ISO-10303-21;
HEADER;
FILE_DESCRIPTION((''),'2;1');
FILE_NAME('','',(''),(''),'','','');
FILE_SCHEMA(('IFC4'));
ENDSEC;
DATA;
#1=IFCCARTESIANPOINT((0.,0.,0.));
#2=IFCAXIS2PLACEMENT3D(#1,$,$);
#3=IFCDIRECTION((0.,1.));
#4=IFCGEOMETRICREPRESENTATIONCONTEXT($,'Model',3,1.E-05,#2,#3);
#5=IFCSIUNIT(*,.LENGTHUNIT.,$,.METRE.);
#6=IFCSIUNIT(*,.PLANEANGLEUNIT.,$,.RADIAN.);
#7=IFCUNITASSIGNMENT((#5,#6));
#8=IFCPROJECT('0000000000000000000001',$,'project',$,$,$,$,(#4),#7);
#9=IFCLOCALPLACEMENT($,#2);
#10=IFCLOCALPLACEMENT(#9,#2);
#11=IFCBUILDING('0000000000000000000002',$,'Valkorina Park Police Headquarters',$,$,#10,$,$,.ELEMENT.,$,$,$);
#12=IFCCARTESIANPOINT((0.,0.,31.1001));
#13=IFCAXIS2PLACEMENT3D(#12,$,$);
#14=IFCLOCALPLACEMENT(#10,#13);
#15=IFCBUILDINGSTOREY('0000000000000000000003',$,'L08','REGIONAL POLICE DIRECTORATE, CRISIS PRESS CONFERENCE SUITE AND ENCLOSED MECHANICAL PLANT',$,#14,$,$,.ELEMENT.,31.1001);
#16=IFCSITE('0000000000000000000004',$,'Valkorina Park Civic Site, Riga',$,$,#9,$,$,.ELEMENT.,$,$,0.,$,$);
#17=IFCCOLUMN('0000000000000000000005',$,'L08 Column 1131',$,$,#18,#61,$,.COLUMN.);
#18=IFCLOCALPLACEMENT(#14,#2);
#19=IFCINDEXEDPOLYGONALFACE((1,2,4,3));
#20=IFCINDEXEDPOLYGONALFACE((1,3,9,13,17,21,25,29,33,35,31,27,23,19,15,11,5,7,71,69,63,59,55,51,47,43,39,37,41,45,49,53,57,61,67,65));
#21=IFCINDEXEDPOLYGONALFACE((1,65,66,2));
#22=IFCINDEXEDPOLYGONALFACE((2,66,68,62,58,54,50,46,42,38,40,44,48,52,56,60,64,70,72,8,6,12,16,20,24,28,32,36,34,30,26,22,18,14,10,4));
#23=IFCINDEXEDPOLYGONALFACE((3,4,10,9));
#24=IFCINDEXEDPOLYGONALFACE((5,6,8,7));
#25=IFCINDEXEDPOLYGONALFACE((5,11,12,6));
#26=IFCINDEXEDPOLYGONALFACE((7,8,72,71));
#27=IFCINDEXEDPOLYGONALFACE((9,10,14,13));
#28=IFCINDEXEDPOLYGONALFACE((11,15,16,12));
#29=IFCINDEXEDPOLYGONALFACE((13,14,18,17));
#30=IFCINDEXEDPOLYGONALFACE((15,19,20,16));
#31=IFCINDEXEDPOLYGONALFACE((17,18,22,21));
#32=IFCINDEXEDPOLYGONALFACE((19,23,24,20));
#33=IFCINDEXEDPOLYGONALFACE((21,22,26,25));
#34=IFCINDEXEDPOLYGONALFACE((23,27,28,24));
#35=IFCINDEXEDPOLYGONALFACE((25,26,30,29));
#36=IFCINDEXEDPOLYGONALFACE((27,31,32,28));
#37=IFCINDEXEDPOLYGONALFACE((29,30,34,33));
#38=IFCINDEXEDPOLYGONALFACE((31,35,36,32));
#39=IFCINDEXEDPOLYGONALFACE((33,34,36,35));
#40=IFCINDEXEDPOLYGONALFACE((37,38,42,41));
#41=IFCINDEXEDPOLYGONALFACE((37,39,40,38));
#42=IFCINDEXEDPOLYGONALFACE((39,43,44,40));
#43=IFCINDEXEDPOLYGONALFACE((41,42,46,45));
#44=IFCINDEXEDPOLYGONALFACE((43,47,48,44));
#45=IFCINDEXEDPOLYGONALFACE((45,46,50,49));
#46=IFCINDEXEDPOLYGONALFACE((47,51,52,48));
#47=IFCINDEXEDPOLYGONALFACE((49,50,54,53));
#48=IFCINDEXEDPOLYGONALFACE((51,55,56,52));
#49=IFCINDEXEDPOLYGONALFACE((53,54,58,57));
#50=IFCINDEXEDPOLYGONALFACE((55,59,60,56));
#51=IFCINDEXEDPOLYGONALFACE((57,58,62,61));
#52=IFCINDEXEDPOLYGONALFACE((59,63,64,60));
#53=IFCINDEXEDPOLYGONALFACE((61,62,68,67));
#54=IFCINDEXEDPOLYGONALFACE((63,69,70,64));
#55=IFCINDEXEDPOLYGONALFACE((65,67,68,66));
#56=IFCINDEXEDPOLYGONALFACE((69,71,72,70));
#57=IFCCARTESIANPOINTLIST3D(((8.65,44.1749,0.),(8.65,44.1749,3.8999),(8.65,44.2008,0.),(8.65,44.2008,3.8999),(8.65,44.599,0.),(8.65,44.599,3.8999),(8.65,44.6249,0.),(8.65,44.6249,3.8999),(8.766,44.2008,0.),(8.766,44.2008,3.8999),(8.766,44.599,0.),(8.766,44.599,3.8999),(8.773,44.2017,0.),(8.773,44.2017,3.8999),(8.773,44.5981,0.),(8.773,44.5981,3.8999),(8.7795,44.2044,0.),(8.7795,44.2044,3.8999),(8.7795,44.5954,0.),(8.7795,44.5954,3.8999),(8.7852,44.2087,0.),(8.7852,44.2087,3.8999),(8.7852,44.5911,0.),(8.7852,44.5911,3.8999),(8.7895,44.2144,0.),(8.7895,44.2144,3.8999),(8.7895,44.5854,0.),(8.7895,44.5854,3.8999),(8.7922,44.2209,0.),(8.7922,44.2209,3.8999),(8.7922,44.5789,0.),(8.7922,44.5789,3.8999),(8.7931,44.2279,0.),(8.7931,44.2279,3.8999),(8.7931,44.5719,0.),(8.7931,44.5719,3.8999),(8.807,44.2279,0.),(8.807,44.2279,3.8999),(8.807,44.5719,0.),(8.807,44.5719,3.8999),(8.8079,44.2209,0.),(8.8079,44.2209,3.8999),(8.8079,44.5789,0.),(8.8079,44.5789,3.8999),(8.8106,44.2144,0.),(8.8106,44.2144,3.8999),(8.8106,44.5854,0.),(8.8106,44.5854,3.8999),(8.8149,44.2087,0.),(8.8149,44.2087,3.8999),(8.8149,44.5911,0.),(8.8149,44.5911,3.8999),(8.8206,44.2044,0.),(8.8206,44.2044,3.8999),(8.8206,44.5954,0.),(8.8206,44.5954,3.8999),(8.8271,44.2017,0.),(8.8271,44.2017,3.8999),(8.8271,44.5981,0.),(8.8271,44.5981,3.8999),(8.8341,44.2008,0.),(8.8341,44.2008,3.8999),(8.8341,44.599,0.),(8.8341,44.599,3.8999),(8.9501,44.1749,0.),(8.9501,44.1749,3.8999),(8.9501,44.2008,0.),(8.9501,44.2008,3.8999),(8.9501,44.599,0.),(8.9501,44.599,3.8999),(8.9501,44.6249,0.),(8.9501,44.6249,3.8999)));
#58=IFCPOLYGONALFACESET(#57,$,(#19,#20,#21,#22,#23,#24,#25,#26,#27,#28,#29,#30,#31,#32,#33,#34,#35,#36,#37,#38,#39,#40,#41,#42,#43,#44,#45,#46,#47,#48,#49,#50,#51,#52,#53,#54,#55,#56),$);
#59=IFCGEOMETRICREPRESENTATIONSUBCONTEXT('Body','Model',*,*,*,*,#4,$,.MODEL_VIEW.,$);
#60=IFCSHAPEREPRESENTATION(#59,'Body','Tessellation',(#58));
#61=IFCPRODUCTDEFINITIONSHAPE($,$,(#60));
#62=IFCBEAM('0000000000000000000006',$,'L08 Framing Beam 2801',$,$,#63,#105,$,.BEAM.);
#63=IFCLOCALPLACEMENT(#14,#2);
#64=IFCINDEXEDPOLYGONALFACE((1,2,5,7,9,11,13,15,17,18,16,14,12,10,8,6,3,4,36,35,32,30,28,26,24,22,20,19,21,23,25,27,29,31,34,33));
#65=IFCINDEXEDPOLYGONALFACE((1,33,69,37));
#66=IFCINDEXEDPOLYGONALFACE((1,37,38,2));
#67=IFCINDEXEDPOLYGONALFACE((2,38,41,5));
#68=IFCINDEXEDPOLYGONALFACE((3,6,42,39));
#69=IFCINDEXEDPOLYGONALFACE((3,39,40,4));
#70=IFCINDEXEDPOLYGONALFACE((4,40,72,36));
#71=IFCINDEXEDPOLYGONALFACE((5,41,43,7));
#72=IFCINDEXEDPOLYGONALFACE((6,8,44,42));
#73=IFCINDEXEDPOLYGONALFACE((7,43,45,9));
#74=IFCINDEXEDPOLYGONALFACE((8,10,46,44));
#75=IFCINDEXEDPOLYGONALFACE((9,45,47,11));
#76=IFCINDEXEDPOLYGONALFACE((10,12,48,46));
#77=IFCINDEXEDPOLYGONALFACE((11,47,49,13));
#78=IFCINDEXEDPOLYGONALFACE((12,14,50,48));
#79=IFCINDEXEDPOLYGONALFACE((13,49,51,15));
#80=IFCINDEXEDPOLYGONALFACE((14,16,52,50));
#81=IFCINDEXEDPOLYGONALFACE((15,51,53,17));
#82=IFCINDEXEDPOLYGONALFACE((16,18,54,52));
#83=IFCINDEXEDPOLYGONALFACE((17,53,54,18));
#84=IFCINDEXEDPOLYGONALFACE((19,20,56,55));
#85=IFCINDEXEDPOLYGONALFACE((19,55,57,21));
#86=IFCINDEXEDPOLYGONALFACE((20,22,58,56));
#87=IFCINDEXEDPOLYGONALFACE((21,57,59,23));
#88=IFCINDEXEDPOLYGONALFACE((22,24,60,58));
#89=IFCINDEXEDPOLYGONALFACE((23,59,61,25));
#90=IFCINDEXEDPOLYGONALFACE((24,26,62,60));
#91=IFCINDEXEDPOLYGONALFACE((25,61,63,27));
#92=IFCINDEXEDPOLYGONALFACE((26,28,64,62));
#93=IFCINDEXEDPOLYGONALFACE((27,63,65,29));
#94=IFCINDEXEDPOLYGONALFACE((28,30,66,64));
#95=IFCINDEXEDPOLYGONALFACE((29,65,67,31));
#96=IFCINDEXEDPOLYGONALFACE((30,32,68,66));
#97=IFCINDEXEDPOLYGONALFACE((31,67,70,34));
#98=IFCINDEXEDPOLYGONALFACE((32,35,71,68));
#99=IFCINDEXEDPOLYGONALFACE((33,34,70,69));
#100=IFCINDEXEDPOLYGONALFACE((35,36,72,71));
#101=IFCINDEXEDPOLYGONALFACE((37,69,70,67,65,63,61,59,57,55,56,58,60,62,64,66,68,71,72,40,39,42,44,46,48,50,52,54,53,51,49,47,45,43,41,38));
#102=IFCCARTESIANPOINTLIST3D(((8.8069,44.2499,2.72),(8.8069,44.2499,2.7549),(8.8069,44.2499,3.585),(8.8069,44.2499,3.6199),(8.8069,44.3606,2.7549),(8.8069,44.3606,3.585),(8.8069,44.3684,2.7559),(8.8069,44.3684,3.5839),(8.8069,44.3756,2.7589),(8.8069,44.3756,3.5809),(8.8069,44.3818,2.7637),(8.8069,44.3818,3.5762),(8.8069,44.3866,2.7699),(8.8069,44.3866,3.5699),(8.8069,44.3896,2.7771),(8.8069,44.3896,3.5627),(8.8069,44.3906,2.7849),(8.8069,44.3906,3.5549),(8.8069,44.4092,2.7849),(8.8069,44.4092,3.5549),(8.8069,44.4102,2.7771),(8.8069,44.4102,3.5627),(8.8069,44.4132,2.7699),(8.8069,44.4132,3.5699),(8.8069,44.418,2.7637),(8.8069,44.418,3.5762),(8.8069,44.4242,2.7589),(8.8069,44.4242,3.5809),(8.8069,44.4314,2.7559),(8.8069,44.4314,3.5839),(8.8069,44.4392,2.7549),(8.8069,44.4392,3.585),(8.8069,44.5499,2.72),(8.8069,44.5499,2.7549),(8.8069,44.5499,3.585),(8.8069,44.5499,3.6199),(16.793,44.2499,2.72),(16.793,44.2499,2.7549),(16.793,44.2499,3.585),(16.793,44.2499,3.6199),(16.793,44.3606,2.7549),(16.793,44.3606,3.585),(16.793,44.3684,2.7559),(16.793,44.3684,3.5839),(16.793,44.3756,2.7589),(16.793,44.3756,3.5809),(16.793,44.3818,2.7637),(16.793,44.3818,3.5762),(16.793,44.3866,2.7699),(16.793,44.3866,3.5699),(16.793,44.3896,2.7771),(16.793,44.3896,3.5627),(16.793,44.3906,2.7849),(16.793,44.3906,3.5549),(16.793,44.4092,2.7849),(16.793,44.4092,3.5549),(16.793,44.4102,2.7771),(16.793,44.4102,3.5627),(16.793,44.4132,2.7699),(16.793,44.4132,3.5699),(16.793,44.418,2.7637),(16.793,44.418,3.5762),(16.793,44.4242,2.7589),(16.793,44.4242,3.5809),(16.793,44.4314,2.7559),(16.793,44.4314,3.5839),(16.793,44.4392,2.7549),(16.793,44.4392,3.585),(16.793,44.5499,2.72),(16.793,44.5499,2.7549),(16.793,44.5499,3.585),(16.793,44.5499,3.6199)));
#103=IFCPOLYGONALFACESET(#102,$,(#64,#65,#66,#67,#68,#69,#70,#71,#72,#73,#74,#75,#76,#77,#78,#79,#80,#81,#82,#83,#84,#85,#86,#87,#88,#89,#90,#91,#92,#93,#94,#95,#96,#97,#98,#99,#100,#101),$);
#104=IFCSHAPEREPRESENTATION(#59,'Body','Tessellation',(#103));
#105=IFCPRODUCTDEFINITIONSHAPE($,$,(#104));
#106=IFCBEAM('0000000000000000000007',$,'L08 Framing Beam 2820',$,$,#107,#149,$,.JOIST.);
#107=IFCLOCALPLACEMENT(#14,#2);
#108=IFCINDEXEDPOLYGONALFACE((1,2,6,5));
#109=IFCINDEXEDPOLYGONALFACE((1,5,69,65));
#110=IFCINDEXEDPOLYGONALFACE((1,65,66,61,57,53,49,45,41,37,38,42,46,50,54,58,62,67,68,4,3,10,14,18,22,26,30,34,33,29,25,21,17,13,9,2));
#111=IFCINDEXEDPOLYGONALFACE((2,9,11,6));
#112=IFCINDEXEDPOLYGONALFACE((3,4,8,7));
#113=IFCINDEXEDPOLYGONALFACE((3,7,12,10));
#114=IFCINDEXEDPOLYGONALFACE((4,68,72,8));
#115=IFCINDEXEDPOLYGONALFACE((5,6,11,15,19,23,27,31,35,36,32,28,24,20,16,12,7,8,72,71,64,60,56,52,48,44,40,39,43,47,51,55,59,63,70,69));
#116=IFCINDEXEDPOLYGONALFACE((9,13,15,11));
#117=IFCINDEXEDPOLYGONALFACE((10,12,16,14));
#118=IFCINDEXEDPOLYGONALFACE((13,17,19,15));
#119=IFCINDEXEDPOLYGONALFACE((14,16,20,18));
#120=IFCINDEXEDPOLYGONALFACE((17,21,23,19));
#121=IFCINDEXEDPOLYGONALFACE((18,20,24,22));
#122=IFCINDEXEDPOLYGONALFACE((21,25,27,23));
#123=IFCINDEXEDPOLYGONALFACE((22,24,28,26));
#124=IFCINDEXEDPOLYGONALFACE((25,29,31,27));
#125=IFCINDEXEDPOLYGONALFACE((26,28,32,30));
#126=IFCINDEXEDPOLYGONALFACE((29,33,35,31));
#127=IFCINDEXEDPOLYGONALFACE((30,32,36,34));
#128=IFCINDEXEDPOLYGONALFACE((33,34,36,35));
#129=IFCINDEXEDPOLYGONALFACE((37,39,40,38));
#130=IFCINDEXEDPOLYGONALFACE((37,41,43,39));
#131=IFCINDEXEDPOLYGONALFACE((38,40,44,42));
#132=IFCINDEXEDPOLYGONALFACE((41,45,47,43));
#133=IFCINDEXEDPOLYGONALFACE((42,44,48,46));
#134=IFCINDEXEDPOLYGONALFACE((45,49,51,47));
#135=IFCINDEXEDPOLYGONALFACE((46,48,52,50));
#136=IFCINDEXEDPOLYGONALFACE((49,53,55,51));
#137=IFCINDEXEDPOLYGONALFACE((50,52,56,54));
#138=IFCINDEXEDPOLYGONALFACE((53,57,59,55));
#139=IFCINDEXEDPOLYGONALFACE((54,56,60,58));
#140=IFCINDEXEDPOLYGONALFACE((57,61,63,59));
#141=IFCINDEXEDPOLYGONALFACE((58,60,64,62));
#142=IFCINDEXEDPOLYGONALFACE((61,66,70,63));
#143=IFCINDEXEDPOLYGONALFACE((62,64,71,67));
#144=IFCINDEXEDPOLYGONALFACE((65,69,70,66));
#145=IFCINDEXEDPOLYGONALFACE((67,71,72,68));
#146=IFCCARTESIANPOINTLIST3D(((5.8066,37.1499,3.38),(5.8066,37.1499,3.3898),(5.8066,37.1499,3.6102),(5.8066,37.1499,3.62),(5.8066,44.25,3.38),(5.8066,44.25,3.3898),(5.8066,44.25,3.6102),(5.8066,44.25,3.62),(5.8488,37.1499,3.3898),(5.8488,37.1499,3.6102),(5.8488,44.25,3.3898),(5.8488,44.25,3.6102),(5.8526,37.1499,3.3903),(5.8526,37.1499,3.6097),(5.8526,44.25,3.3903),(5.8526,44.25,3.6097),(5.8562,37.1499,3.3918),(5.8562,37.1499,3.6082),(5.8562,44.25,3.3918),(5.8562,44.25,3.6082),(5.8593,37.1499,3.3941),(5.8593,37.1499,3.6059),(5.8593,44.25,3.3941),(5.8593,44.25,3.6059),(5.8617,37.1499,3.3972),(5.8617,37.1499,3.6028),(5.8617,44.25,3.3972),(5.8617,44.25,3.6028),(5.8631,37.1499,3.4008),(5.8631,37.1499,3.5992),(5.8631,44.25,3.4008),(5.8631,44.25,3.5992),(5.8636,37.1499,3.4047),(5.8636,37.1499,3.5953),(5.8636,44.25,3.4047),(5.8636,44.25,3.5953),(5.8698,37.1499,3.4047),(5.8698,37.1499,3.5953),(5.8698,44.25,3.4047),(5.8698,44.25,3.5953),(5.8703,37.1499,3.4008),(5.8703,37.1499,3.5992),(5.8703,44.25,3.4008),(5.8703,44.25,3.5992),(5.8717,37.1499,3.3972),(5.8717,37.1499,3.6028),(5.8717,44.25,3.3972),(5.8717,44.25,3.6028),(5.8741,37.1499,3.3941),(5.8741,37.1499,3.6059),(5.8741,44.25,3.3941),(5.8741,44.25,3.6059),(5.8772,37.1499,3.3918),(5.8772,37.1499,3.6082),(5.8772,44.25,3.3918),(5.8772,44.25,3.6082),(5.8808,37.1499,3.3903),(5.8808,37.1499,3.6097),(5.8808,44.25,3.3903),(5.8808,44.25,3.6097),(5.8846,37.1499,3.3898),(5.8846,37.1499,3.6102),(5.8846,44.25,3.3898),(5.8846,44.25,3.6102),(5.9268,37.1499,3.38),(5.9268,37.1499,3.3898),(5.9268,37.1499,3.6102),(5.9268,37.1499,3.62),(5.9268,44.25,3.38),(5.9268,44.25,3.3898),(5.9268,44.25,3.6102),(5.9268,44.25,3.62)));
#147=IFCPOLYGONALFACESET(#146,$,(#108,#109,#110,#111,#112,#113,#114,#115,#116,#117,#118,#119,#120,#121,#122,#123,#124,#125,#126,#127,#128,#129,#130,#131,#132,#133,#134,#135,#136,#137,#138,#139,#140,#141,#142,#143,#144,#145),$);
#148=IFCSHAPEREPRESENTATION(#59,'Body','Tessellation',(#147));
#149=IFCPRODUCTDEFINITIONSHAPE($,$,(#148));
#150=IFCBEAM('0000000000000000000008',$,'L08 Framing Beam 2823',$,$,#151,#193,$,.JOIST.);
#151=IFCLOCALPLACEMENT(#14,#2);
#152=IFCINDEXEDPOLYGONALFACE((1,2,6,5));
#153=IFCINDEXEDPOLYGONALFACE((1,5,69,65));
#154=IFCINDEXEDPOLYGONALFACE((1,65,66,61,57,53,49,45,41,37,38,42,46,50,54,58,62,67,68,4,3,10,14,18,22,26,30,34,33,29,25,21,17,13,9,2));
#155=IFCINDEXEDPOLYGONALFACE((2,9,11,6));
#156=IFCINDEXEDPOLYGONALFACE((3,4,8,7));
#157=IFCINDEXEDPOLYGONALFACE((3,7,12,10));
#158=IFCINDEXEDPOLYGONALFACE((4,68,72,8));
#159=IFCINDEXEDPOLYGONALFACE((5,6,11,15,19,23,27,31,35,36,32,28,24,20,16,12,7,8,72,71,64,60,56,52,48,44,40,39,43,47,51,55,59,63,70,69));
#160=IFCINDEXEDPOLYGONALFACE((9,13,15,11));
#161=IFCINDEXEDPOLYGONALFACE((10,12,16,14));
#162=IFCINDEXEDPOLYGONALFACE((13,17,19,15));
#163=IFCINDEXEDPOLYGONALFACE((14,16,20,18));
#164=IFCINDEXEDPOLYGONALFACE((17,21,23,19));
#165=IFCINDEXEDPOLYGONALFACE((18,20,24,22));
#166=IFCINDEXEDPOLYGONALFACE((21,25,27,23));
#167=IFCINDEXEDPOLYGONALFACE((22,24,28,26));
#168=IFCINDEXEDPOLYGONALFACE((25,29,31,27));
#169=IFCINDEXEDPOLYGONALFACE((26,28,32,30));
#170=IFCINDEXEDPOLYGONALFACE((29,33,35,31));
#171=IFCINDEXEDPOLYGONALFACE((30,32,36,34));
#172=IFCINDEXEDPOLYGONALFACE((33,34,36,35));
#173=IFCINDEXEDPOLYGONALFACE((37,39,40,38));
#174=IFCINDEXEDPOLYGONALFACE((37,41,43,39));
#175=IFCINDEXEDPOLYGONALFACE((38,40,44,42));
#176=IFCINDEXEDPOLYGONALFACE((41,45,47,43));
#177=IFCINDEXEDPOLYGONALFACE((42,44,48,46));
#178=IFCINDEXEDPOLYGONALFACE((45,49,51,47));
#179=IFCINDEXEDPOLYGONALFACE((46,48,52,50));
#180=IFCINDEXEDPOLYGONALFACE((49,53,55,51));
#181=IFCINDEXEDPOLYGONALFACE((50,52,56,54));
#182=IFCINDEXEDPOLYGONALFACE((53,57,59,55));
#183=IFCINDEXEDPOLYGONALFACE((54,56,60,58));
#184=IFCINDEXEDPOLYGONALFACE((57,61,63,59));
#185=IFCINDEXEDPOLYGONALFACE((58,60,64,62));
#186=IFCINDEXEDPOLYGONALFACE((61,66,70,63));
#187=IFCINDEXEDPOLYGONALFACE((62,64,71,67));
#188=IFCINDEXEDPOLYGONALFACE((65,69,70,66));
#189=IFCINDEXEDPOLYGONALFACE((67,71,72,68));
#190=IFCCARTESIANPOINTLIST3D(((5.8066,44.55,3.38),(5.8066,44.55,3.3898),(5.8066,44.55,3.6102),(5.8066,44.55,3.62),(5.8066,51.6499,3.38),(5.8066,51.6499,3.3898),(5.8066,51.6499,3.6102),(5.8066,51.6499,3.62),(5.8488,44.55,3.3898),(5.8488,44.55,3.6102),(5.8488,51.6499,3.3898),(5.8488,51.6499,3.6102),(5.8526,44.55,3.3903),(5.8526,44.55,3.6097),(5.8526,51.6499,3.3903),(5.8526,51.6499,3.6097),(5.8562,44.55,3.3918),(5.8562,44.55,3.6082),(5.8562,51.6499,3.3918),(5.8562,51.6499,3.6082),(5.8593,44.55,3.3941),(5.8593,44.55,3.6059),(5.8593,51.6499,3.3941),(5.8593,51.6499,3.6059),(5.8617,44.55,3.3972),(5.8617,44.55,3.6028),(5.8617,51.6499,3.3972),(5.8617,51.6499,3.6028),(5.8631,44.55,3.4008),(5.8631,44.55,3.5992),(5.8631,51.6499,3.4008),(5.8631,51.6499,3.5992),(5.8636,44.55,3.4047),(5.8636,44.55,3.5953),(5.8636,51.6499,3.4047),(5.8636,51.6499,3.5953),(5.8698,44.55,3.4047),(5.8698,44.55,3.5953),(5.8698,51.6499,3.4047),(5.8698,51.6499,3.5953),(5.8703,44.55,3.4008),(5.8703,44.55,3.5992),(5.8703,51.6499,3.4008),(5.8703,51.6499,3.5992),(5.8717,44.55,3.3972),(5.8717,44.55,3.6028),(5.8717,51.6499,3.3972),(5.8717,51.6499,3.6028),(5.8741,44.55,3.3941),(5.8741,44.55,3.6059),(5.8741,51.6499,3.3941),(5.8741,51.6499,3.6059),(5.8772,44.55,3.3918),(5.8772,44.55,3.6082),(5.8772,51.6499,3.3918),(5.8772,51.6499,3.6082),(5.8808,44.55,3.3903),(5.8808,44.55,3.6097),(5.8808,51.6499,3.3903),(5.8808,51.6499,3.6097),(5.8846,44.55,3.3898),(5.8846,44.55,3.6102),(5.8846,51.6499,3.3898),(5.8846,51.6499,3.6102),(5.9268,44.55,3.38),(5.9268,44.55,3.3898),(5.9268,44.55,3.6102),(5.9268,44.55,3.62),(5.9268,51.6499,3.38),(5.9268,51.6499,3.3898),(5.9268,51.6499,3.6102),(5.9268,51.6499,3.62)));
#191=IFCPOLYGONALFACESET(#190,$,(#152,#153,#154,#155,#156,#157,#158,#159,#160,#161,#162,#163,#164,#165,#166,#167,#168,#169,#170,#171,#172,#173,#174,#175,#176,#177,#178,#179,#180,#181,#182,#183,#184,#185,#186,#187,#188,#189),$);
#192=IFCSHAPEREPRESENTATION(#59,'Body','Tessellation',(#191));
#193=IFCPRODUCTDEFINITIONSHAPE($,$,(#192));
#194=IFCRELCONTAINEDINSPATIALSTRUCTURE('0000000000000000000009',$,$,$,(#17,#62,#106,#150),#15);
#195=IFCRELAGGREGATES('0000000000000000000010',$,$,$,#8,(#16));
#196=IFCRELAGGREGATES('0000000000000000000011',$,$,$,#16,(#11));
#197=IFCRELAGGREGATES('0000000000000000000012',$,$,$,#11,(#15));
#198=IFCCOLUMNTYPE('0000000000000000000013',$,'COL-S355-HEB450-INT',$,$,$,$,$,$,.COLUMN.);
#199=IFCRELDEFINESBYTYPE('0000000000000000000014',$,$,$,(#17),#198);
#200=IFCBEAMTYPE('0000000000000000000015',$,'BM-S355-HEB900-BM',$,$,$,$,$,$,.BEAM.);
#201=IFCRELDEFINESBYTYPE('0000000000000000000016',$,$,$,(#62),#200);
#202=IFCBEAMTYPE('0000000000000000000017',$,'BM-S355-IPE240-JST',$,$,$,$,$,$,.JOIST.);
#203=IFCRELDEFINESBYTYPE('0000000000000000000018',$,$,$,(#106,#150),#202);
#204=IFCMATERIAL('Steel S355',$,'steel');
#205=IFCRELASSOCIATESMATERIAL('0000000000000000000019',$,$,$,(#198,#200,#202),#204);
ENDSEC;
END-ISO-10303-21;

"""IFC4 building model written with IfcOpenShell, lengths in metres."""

from ifc_helpers import new_model, si_unit, direction, frame, origin, origin_2d, place, context, subcontext, project, spatial, i_section, extrude, material, material_profile, profile_set, type_object, element, save


model = new_model("IFC4")

# Units and contexts
model_context = context("Model", 3, precision=1e-05, world=origin(), true_north=direction((0.0, 1.0)))
body_context = subcontext(model_context, "Body", "Model", "MODEL_VIEW")
ifc_project = project(units=[si_unit("LENGTHUNIT", "METRE"), si_unit("PLANEANGLEUNIT", "RADIAN")], contexts=[model_context])

# Site, building, storey
site_placement = place(None, origin())
site = spatial("IfcSite", under=ifc_project, at=site_placement, Name="Valkorina Park Civic Site, Riga", CompositionType="ELEMENT", RefElevation=0.0)
building_placement = place(site_placement, origin())
building = spatial("IfcBuilding", under=site, at=building_placement, Name="Valkorina Park Police Headquarters", CompositionType="ELEMENT")
storey_placement = place(building_placement, frame((0.0, 0.0, 31.1001)))
storey = spatial("IfcBuildingStorey", under=building, at=storey_placement, Name="L08", Description="REGIONAL POLICE DIRECTORATE, CRISIS PRESS CONFERENCE SUITE AND ENCLOSED MECHANICAL PLANT", CompositionType="ELEMENT", Elevation=31.1001)

# Column
ifc_material_1 = material(Name="Steel S355", Category="steel")
ifc_material_profile_1 = material_profile(ifc_material_1, i_section(OverallWidth=0.3, OverallDepth=0.45, WebThickness=0.0139, FlangeThickness=0.0259, FilletRadius=0.0271, at=origin_2d()), Name="HEB 450")
ifc_profile_set_1 = profile_set([ifc_material_profile_1], Name="Steel S355")
column_type = type_object("IfcColumnType", Name="COL-S355-HEB450-INT", PredefinedType="COLUMN", material=ifc_profile_set_1)
column_placement = place(storey_placement, frame((8.8, 44.3999, 0.0), z_axis=(0.0, 0.0, 1.0), x_axis=(1.0, 0.0, 0.0)))
element("IfcColumn", 1, at=column_placement, inside=storey, type_object=column_type, Name="L08 Column 1131", PredefinedType="COLUMN", context=body_context, shape_type="SweptSolid", body=[
    extrude(i_section(OverallWidth=0.3, OverallDepth=0.45, WebThickness=0.0139, FlangeThickness=0.0259, FilletRadius=0.0271, at=origin_2d()), origin(), (0.0, 0.0, 1.0), 3.8999),
])

# Beams
ifc_material_profile_2 = material_profile(ifc_material_1, i_section(OverallWidth=0.3, OverallDepth=0.8999, WebThickness=0.0186, FlangeThickness=0.0349, FilletRadius=0.03, at=origin_2d()), Name="HEB 900")
ifc_profile_set_2 = profile_set([ifc_material_profile_2], Name="Steel S355")
beam_type_1 = type_object("IfcBeamType", Name="BM-S355-HEB900-BM", PredefinedType="BEAM", material=ifc_profile_set_2)
beam_1_placement = place(storey_placement, frame((8.8069, 44.3999, 3.1699), z_axis=(1.0, 0.0, 0.0), x_axis=(0.0, 1.0, 0.0)))
element("IfcBeam", 2, at=beam_1_placement, inside=storey, type_object=beam_type_1, Name="L08 Framing Beam 2801", PredefinedType="BEAM", context=body_context, shape_type="SweptSolid", body=[
    extrude(i_section(OverallWidth=0.3, OverallDepth=0.8999, WebThickness=0.0186, FlangeThickness=0.0349, FilletRadius=0.03, at=origin_2d()), origin(), (0.0, 0.0, 1.0), 7.9861),
])
ifc_material_profile_3 = material_profile(ifc_material_1, i_section(OverallWidth=0.1201, OverallDepth=0.24, WebThickness=0.0061, FlangeThickness=0.0098, FilletRadius=0.0149, at=origin_2d()), Name="IPE 240")
ifc_profile_set_3 = profile_set([ifc_material_profile_3], Name="Steel S355")
beam_type_2 = type_object("IfcBeamType", Name="BM-S355-IPE240-JST", PredefinedType="JOIST", material=ifc_profile_set_3)
beam_2_placement = place(storey_placement, frame((5.8667, 37.1499, 3.5), z_axis=(0.0, 1.0, 0.0), x_axis=(-1.0, 0.0, 0.0)))
element("IfcBeam", 3, at=beam_2_placement, inside=storey, type_object=beam_type_2, Name="L08 Framing Beam 2820", PredefinedType="JOIST", context=body_context, shape_type="SweptSolid", body=[
    extrude(i_section(OverallWidth=0.1201, OverallDepth=0.24, WebThickness=0.0061, FlangeThickness=0.0098, FilletRadius=0.0149, at=origin_2d()), origin(), (0.0, 0.0, 1.0), 7.1001),
])
beam_3_placement = place(storey_placement, frame((5.8667, 44.55, 3.5), z_axis=(0.0, 1.0, 0.0), x_axis=(-1.0, 0.0, 0.0)))
element("IfcBeam", 4, at=beam_3_placement, inside=storey, type_object=beam_type_2, Name="L08 Framing Beam 2823", PredefinedType="JOIST", context=body_context, shape_type="SweptSolid", body=[
    extrude(i_section(OverallWidth=0.1201, OverallDepth=0.24, WebThickness=0.0061, FlangeThickness=0.0098, FilletRadius=0.0149, at=origin_2d()), origin(), (0.0, 0.0, 1.0), 7.0999),
])

save(model, "model.ifc")
